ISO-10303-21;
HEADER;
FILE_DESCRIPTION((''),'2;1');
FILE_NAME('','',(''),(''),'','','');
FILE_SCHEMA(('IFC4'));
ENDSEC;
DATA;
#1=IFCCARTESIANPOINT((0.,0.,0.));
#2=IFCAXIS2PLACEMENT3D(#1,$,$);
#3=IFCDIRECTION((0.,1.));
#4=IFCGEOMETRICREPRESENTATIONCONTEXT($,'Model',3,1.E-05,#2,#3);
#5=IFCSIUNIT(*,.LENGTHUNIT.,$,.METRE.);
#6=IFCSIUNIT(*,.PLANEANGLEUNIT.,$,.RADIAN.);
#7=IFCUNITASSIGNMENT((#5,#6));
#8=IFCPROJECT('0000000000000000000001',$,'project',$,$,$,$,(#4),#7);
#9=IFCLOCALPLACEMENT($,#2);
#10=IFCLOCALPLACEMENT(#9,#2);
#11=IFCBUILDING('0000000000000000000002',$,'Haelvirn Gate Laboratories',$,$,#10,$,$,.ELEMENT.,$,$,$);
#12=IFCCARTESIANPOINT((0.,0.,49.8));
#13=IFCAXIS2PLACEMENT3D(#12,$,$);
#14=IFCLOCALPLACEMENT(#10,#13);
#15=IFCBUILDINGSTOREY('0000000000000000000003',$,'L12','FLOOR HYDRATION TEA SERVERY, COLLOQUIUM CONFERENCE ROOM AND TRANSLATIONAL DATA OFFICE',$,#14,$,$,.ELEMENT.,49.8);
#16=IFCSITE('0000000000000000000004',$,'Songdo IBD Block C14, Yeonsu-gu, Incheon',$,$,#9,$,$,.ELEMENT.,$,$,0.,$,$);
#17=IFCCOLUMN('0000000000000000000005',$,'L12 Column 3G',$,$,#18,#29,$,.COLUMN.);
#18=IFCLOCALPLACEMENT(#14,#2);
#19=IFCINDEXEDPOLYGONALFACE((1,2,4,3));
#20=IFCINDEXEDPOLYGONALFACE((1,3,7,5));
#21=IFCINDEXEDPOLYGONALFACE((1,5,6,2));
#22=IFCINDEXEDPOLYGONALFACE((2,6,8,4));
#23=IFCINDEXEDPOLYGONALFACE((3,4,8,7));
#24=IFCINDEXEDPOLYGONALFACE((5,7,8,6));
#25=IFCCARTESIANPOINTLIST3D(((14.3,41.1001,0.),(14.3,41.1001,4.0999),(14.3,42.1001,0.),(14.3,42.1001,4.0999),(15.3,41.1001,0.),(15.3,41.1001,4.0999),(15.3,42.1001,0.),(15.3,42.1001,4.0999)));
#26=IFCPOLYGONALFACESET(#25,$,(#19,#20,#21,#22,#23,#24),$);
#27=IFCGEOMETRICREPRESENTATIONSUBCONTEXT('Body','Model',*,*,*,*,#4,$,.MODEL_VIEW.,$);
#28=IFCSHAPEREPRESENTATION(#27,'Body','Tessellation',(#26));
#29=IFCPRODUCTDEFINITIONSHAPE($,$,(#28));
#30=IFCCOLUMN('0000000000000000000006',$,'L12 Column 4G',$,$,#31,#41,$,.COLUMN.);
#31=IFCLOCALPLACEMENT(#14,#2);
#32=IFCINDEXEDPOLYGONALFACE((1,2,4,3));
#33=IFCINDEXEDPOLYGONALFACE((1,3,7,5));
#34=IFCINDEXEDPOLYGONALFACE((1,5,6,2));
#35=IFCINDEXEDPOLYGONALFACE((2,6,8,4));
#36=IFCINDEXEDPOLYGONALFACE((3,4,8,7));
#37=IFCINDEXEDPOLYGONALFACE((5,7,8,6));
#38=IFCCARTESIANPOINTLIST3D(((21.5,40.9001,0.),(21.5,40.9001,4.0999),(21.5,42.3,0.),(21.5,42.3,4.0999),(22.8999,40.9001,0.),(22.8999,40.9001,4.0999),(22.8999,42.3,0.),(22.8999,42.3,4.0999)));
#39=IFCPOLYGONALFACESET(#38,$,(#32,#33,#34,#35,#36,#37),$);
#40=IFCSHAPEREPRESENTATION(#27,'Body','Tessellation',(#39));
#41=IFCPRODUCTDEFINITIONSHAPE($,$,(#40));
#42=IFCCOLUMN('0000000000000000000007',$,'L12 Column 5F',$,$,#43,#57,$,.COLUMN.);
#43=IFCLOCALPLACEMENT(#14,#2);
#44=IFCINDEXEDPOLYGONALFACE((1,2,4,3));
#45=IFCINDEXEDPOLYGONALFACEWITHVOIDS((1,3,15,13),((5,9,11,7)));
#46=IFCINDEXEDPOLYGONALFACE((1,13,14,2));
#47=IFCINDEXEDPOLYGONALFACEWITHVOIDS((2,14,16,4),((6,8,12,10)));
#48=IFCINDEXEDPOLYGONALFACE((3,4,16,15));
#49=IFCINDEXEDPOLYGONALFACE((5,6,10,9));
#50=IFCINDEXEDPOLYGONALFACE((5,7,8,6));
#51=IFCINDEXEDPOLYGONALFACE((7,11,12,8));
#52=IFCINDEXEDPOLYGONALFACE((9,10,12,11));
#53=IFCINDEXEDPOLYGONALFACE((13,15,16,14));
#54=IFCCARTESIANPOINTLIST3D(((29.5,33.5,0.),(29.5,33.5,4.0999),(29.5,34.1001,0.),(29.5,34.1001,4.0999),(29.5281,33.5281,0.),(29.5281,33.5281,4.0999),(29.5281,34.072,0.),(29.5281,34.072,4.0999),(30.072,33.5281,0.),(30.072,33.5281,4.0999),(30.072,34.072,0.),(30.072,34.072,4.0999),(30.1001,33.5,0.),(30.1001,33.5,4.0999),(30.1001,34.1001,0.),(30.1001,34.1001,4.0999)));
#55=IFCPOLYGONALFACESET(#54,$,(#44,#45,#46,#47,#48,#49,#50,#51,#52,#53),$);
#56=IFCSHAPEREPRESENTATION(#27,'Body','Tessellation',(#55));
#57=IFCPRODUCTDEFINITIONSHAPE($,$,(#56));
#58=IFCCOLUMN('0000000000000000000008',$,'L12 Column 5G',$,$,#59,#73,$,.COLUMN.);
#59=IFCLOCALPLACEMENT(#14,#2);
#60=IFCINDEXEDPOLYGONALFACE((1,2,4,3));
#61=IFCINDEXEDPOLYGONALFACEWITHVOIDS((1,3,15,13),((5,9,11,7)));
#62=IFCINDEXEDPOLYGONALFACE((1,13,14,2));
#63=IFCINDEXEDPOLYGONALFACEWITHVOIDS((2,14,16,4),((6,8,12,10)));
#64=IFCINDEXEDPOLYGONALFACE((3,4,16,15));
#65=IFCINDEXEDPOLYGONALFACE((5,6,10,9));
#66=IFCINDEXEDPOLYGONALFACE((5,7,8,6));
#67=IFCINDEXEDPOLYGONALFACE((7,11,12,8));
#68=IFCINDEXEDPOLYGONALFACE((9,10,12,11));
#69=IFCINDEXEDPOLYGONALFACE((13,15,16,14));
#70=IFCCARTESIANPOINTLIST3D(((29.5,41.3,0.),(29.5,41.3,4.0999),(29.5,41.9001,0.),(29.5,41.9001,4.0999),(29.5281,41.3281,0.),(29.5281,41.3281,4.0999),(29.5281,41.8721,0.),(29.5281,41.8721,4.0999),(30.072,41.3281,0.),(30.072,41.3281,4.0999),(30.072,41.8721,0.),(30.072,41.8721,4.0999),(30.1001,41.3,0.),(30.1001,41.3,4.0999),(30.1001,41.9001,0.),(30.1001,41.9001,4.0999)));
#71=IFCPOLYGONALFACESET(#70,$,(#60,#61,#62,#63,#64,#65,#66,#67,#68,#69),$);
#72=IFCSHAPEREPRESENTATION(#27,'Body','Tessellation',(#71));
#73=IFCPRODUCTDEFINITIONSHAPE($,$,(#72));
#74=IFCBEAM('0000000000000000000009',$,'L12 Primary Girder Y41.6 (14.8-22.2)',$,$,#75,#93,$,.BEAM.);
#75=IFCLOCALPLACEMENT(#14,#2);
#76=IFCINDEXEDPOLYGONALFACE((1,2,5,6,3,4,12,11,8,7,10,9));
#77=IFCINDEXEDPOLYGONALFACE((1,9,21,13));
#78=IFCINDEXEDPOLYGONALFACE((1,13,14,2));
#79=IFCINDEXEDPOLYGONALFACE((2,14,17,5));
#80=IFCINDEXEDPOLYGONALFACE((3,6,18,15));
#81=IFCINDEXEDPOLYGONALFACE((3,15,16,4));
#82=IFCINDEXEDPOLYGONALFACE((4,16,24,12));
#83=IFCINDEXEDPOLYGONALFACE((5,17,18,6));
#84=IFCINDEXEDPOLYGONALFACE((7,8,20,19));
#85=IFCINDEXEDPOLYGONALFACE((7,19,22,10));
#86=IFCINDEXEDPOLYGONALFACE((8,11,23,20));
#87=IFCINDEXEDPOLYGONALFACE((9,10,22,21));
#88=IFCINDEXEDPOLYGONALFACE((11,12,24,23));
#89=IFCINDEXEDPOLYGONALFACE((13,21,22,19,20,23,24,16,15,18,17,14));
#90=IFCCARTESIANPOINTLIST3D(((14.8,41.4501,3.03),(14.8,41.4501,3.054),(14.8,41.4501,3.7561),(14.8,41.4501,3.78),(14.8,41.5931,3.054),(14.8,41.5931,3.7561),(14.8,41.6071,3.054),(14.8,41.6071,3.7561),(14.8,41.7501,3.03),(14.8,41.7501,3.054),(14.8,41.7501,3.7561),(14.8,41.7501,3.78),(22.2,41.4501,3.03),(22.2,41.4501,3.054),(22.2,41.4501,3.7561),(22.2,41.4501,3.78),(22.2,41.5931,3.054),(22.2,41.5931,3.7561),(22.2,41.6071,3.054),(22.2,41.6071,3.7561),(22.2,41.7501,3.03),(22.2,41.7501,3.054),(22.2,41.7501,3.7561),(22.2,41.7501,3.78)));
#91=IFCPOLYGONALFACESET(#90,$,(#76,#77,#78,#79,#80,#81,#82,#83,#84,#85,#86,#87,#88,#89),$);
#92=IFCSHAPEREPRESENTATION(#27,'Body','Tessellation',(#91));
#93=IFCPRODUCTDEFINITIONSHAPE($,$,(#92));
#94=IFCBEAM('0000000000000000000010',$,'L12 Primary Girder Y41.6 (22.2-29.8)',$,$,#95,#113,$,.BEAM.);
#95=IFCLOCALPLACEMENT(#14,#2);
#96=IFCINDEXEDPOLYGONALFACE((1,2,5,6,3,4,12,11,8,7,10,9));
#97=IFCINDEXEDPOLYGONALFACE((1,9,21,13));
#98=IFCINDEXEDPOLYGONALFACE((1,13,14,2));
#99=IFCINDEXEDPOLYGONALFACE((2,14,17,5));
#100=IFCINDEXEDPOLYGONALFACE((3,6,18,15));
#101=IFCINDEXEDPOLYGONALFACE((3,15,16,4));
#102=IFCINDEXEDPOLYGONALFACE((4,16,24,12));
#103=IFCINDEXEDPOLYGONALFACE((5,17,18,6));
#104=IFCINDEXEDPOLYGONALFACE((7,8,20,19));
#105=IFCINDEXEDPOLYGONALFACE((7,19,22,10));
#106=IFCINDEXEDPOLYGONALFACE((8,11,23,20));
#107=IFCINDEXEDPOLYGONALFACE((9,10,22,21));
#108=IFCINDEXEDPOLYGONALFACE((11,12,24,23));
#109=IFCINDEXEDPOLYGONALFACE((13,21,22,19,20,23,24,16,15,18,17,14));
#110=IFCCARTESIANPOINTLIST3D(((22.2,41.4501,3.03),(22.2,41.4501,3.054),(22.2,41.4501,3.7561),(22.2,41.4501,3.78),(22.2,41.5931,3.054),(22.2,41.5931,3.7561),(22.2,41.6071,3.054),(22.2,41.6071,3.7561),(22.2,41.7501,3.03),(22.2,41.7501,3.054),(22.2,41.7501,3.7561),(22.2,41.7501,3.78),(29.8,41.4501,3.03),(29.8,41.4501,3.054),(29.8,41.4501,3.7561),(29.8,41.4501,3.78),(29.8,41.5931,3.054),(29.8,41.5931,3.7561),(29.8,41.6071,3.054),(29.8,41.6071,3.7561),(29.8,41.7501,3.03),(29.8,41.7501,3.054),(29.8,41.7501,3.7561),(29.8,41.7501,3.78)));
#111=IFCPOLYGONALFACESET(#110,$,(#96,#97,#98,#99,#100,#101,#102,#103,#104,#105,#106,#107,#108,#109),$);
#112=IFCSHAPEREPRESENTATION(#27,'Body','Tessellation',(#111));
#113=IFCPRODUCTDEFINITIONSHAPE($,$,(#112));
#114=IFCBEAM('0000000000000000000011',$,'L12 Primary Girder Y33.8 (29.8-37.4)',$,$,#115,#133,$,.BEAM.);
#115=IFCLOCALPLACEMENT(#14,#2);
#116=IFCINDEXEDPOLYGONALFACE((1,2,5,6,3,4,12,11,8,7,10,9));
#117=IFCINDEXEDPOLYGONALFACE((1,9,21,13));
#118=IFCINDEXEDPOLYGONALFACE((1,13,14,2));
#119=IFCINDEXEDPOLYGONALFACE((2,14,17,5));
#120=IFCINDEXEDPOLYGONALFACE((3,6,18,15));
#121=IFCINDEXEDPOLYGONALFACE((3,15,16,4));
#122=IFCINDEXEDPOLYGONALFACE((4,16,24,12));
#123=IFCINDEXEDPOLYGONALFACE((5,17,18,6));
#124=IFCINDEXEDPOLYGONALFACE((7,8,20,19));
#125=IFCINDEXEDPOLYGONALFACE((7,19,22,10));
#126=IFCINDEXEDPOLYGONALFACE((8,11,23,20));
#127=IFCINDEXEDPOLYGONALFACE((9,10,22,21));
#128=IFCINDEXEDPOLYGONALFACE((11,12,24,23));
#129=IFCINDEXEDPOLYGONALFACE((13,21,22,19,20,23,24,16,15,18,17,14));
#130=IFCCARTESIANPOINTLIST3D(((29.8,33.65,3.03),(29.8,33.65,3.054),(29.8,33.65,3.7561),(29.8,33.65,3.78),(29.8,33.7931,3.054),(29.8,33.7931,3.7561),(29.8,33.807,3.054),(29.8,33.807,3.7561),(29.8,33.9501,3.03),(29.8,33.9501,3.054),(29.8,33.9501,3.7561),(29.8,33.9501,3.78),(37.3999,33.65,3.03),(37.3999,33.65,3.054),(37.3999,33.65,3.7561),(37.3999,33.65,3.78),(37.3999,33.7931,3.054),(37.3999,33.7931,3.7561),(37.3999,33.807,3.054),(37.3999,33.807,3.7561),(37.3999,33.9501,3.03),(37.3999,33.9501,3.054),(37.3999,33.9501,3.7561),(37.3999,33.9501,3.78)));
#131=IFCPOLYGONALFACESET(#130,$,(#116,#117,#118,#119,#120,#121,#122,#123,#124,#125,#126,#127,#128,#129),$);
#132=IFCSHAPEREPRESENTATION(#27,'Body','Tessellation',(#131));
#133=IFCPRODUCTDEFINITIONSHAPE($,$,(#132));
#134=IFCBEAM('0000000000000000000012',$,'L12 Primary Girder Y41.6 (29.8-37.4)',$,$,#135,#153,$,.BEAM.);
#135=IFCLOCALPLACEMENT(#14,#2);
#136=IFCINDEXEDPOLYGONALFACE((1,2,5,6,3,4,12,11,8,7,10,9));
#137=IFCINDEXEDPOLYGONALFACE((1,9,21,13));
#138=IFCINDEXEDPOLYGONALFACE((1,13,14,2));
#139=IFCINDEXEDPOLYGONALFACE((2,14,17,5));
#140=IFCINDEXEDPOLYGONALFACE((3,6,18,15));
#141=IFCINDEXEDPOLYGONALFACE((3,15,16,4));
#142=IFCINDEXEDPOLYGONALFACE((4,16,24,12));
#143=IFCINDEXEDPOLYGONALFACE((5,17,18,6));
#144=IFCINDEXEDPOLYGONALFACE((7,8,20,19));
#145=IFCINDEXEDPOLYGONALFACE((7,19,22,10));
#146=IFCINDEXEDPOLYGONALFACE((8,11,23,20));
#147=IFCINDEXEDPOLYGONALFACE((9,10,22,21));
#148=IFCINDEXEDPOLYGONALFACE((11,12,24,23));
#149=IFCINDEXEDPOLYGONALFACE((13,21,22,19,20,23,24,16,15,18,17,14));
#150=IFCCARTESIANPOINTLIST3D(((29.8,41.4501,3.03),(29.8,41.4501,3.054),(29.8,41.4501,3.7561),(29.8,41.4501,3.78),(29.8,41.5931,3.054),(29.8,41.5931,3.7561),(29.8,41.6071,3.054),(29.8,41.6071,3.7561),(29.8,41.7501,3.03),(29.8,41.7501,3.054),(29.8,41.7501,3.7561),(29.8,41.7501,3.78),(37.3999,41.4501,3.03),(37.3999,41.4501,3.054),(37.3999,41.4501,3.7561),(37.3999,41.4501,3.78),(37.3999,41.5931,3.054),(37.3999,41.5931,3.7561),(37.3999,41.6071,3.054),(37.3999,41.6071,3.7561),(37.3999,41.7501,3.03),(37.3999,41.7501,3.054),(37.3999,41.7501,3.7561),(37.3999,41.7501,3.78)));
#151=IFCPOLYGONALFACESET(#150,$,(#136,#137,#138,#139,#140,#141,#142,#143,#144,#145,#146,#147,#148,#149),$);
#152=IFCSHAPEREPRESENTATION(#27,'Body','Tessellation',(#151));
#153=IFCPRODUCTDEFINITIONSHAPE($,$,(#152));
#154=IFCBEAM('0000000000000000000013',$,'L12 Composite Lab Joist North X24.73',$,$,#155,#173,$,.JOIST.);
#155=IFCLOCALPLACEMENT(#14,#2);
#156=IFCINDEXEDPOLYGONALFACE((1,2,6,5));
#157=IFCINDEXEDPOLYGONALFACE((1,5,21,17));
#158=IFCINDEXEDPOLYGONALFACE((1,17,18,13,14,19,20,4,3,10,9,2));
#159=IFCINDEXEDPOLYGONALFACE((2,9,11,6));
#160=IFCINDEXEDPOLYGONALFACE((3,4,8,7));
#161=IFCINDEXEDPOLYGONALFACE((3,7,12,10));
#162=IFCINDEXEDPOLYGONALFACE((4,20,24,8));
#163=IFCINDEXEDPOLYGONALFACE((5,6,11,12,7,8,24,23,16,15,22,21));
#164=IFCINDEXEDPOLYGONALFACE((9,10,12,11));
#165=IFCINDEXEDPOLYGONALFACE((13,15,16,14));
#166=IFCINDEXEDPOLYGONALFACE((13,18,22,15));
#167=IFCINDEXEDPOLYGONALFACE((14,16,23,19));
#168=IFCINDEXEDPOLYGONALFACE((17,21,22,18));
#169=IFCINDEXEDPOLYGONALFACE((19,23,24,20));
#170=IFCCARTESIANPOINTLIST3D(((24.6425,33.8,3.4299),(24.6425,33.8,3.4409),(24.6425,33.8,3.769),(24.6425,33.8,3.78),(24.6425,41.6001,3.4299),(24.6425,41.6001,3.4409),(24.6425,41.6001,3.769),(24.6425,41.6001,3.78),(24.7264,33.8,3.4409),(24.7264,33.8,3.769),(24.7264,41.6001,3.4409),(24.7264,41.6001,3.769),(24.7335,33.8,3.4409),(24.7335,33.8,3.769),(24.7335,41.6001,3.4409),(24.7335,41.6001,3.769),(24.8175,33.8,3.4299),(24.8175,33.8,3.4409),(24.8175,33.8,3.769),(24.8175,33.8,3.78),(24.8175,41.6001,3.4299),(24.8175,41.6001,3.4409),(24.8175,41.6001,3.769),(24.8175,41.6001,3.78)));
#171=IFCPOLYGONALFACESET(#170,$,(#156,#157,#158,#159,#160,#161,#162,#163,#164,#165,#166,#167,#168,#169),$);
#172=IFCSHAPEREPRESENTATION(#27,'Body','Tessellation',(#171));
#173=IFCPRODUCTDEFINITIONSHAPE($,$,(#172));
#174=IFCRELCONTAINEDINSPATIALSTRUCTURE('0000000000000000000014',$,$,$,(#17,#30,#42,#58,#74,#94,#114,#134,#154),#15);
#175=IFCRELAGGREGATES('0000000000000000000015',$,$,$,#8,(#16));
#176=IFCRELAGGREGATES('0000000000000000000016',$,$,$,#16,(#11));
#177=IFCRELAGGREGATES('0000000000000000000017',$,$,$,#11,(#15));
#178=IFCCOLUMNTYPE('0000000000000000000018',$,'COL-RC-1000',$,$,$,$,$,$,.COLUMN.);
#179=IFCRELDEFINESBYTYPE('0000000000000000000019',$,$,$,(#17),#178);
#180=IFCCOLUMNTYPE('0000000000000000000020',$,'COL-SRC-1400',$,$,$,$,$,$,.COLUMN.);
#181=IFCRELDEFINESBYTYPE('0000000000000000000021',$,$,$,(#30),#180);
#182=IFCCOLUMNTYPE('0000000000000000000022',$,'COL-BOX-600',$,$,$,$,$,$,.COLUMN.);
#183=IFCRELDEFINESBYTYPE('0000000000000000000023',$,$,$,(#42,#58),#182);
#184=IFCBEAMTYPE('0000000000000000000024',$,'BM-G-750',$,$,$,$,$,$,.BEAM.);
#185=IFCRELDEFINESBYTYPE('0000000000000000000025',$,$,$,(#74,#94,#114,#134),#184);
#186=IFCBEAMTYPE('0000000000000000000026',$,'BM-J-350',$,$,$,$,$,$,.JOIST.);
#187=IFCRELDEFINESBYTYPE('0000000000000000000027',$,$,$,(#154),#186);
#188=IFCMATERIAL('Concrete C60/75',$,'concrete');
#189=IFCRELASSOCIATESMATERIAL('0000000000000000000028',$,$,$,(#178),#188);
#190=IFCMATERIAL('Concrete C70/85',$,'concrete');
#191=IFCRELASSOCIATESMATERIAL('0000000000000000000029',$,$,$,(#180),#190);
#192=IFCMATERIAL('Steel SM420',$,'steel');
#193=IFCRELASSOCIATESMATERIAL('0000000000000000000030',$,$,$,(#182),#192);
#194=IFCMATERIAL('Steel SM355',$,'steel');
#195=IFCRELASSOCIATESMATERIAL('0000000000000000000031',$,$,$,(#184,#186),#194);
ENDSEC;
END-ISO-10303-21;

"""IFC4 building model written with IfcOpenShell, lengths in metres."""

from ifc_helpers import new_model, si_unit, direction, frame, origin, origin_2d, place, context, subcontext, project, spatial, rectangle, hollow_rectangle, i_section, extrude, source, transform, mapped, material, material_profile, profile_set, type_object, type_shapes, element, save


model = new_model("IFC4")

# Units and contexts
model_context = context("Model", 3, precision=1e-05, world=origin(), true_north=direction((0.0, 1.0)))
body_context = subcontext(model_context, "Body", "Model", "MODEL_VIEW")
ifc_project = project(units=[si_unit("LENGTHUNIT", "METRE"), si_unit("PLANEANGLEUNIT", "RADIAN")], contexts=[model_context])

# Site, building, storey
site_placement = place(None, origin())
site = spatial("IfcSite", under=ifc_project, at=site_placement, Name="Songdo IBD Block C14, Yeonsu-gu, Incheon", CompositionType="ELEMENT", RefElevation=0.0)
building_placement = place(site_placement, origin())
building = spatial("IfcBuilding", under=site, at=building_placement, Name="Haelvirn Gate Laboratories", CompositionType="ELEMENT")
storey_placement = place(building_placement, frame((0.0, 0.0, 49.8)))
storey = spatial("IfcBuildingStorey", under=building, at=storey_placement, Name="L12", Description="FLOOR HYDRATION TEA SERVERY, COLLOQUIUM CONFERENCE ROOM AND TRANSLATIONAL DATA OFFICE", CompositionType="ELEMENT", Elevation=49.8)

# Columns
ifc_material_1 = material(Name="Concrete C60/75", Category="concrete")
ifc_material_profile_1 = material_profile(ifc_material_1, rectangle(XDim=1.0, YDim=1.0, at=origin_2d()), Name="RC-1000x1000")
ifc_profile_set_1 = profile_set([ifc_material_profile_1], Name="Concrete C60/75")
column_type_1 = type_object("IfcColumnType", Name="COL-RC-1000", PredefinedType="COLUMN", material=ifc_profile_set_1)
shared_shape_1 = source(origin(), body_context, "Body", "SweptSolid", [
    extrude(rectangle(XDim=1.0, YDim=1.0, at=origin_2d()), origin(), (0.0, 0.0, 1.0), 4.0999),
])
type_shapes(column_type_1, [shared_shape_1])
column_1_placement = place(storey_placement, frame((14.8, 41.6001, 0.0), z_axis=(0.0, 0.0, 1.0), x_axis=(1.0, 0.0, 0.0)))
element("IfcColumn", 1, at=column_1_placement, inside=storey, type_object=column_type_1, Name="L12 Column 3G", PredefinedType="COLUMN", context=body_context, shape_type="MappedRepresentation", body=[
    mapped(shared_shape_1, transform((0.0, 0.0, 0.0), scale=1.0)),
])
ifc_material_2 = material(Name="Concrete C70/85", Category="concrete")
ifc_material_profile_2 = material_profile(ifc_material_2, rectangle(XDim=1.3999, YDim=1.3999, at=origin_2d()), Name="SRC-1400x1400")
ifc_profile_set_2 = profile_set([ifc_material_profile_2], Name="Concrete C70/85")
column_type_2 = type_object("IfcColumnType", Name="COL-SRC-1400", PredefinedType="COLUMN", material=ifc_profile_set_2)
shared_shape_2 = source(origin(), body_context, "Body", "SweptSolid", [
    extrude(rectangle(XDim=1.3999, YDim=1.3999, at=origin_2d()), origin(), (0.0, 0.0, 1.0), 4.0999),
])
type_shapes(column_type_2, [shared_shape_2])
column_2_placement = place(storey_placement, frame((22.2, 41.6001, 0.0), z_axis=(0.0, 0.0, 1.0), x_axis=(1.0, 0.0, 0.0)))
element("IfcColumn", 2, at=column_2_placement, inside=storey, type_object=column_type_2, Name="L12 Column 4G", PredefinedType="COLUMN", context=body_context, shape_type="MappedRepresentation", body=[
    mapped(shared_shape_2, transform((0.0, 0.0, 0.0), scale=1.0)),
])
ifc_material_3 = material(Name="Steel SM420", Category="steel")
ifc_material_profile_3 = material_profile(ifc_material_3, hollow_rectangle(XDim=0.6001, YDim=0.6001, WallThickness=0.0281, at=origin_2d()), Name="BOX-600x600x28")
ifc_profile_set_3 = profile_set([ifc_material_profile_3], Name="Steel SM420")
column_type_3 = type_object("IfcColumnType", Name="COL-BOX-600", PredefinedType="COLUMN", material=ifc_profile_set_3)
shared_shape_3 = source(origin(), body_context, "Body", "SweptSolid", [
    extrude(hollow_rectangle(XDim=0.6001, YDim=0.6001, WallThickness=0.0281, at=origin_2d()), origin(), (0.0, 0.0, 1.0), 4.0999),
])
type_shapes(column_type_3, [shared_shape_3])
for number, where, z_axis, x_axis, name in (
    (3, (29.8, 33.8, 0.0), (0.0, 0.0, 1.0), (1.0, 0.0, 0.0), "L12 Column 5F"),
    (4, (29.8, 41.6001, 0.0), (0.0, 0.0, 1.0), (1.0, 0.0, 0.0), "L12 Column 5G"),
):
    element("IfcColumn", number, at=place(storey_placement, frame(where, z_axis=z_axis, x_axis=x_axis)), inside=storey, type_object=column_type_3, Name=name, PredefinedType="COLUMN", context=body_context, shape_type="MappedRepresentation", body=[
        mapped(shared_shape_3, transform((0.0, 0.0, 0.0), scale=1.0)),
    ])

# Beams
ifc_material_4 = material(Name="Steel SM355", Category="steel")
ifc_material_profile_4 = material_profile(ifc_material_4, i_section(OverallWidth=0.3, OverallDepth=0.75, WebThickness=0.0139, FlangeThickness=0.0239, at=origin_2d()), Name="H-750x300x14x24")
ifc_profile_set_4 = profile_set([ifc_material_profile_4], Name="Steel SM355")
beam_type_1 = type_object("IfcBeamType", Name="BM-G-750", PredefinedType="BEAM", material=ifc_profile_set_4)
shared_shape_4 = source(origin(), body_context, "Body", "SweptSolid", [
    extrude(i_section(OverallWidth=0.3, OverallDepth=0.75, WebThickness=0.0139, FlangeThickness=0.0239, at=origin_2d()), origin(), (0.0, 0.0, 1.0), 7.3999),
])
beam_1_placement = place(storey_placement, frame((14.8, 41.6001, 3.405), z_axis=(1.0, 0.0, 0.0), x_axis=(0.0, 1.0, 0.0)))
element("IfcBeam", 5, at=beam_1_placement, inside=storey, type_object=beam_type_1, Name="L12 Primary Girder Y41.6 (14.8-22.2)", PredefinedType="BEAM", context=body_context, shape_type="MappedRepresentation", body=[
    mapped(shared_shape_4, transform((0.0, 0.0, 0.0), scale=1.0)),
])
shared_shape_5 = source(origin(), body_context, "Body", "SweptSolid", [
    extrude(i_section(OverallWidth=0.3, OverallDepth=0.75, WebThickness=0.0139, FlangeThickness=0.0239, at=origin_2d()), origin(), (0.0, 0.0, 1.0), 7.6001),
])
beam_2_placement = place(storey_placement, frame((22.2, 41.6001, 3.405), z_axis=(1.0, 0.0, 0.0), x_axis=(0.0, 1.0, 0.0)))
element("IfcBeam", 6, at=beam_2_placement, inside=storey, type_object=beam_type_1, Name="L12 Primary Girder Y41.6 (22.2-29.8)", PredefinedType="BEAM", context=body_context, shape_type="MappedRepresentation", body=[
    mapped(shared_shape_5, transform((0.0, 0.0, 0.0), scale=1.0)),
])
shared_shape_6 = source(origin(), body_context, "Body", "SweptSolid", [
    extrude(i_section(OverallWidth=0.3, OverallDepth=0.75, WebThickness=0.0139, FlangeThickness=0.0239, at=origin_2d()), origin(), (0.0, 0.0, 1.0), 7.5999),
])
type_shapes(beam_type_1, [shared_shape_4, shared_shape_5, shared_shape_6])
for number, where, z_axis, x_axis, name in (
    (7, (29.8, 33.8, 3.405), (1.0, 0.0, 0.0), (0.0, 1.0, 0.0), "L12 Primary Girder Y33.8 (29.8-37.4)"),
    (8, (29.8, 41.6001, 3.405), (1.0, 0.0, 0.0), (0.0, 1.0, 0.0), "L12 Primary Girder Y41.6 (29.8-37.4)"),
):
    element("IfcBeam", number, at=place(storey_placement, frame(where, z_axis=z_axis, x_axis=x_axis)), inside=storey, type_object=beam_type_1, Name=name, PredefinedType="BEAM", context=body_context, shape_type="MappedRepresentation", body=[
        mapped(shared_shape_6, transform((0.0, 0.0, 0.0), scale=1.0)),
    ])
ifc_material_profile_5 = material_profile(ifc_material_4, i_section(OverallWidth=0.175, OverallDepth=0.3501, WebThickness=0.0071, FlangeThickness=0.011, at=origin_2d()), Name="H-350x175x7x11")
ifc_profile_set_5 = profile_set([ifc_material_profile_5], Name="Steel SM355")
beam_type_2 = type_object("IfcBeamType", Name="BM-J-350", PredefinedType="JOIST", material=ifc_profile_set_5)
shared_shape_7 = source(origin(), body_context, "Body", "SweptSolid", [
    extrude(i_section(OverallWidth=0.175, OverallDepth=0.3501, WebThickness=0.0071, FlangeThickness=0.011, at=origin_2d()), origin(), (0.0, 0.0, 1.0), 7.8),
])
type_shapes(beam_type_2, [shared_shape_7])
for number, where, z_axis, x_axis, name in (
    (9, (24.73, 33.8, 3.605), (0.0, 1.0, 0.0), (-1.0, 0.0, 0.0), "L12 Composite Lab Joist North X24.73"),
):
    element("IfcBeam", number, at=place(storey_placement, frame(where, z_axis=z_axis, x_axis=x_axis)), inside=storey, type_object=beam_type_2, Name=name, PredefinedType="JOIST", context=body_context, shape_type="MappedRepresentation", body=[
        mapped(shared_shape_7, transform((0.0, 0.0, 0.0), scale=1.0)),
    ])

save(model, "model.ifc")
